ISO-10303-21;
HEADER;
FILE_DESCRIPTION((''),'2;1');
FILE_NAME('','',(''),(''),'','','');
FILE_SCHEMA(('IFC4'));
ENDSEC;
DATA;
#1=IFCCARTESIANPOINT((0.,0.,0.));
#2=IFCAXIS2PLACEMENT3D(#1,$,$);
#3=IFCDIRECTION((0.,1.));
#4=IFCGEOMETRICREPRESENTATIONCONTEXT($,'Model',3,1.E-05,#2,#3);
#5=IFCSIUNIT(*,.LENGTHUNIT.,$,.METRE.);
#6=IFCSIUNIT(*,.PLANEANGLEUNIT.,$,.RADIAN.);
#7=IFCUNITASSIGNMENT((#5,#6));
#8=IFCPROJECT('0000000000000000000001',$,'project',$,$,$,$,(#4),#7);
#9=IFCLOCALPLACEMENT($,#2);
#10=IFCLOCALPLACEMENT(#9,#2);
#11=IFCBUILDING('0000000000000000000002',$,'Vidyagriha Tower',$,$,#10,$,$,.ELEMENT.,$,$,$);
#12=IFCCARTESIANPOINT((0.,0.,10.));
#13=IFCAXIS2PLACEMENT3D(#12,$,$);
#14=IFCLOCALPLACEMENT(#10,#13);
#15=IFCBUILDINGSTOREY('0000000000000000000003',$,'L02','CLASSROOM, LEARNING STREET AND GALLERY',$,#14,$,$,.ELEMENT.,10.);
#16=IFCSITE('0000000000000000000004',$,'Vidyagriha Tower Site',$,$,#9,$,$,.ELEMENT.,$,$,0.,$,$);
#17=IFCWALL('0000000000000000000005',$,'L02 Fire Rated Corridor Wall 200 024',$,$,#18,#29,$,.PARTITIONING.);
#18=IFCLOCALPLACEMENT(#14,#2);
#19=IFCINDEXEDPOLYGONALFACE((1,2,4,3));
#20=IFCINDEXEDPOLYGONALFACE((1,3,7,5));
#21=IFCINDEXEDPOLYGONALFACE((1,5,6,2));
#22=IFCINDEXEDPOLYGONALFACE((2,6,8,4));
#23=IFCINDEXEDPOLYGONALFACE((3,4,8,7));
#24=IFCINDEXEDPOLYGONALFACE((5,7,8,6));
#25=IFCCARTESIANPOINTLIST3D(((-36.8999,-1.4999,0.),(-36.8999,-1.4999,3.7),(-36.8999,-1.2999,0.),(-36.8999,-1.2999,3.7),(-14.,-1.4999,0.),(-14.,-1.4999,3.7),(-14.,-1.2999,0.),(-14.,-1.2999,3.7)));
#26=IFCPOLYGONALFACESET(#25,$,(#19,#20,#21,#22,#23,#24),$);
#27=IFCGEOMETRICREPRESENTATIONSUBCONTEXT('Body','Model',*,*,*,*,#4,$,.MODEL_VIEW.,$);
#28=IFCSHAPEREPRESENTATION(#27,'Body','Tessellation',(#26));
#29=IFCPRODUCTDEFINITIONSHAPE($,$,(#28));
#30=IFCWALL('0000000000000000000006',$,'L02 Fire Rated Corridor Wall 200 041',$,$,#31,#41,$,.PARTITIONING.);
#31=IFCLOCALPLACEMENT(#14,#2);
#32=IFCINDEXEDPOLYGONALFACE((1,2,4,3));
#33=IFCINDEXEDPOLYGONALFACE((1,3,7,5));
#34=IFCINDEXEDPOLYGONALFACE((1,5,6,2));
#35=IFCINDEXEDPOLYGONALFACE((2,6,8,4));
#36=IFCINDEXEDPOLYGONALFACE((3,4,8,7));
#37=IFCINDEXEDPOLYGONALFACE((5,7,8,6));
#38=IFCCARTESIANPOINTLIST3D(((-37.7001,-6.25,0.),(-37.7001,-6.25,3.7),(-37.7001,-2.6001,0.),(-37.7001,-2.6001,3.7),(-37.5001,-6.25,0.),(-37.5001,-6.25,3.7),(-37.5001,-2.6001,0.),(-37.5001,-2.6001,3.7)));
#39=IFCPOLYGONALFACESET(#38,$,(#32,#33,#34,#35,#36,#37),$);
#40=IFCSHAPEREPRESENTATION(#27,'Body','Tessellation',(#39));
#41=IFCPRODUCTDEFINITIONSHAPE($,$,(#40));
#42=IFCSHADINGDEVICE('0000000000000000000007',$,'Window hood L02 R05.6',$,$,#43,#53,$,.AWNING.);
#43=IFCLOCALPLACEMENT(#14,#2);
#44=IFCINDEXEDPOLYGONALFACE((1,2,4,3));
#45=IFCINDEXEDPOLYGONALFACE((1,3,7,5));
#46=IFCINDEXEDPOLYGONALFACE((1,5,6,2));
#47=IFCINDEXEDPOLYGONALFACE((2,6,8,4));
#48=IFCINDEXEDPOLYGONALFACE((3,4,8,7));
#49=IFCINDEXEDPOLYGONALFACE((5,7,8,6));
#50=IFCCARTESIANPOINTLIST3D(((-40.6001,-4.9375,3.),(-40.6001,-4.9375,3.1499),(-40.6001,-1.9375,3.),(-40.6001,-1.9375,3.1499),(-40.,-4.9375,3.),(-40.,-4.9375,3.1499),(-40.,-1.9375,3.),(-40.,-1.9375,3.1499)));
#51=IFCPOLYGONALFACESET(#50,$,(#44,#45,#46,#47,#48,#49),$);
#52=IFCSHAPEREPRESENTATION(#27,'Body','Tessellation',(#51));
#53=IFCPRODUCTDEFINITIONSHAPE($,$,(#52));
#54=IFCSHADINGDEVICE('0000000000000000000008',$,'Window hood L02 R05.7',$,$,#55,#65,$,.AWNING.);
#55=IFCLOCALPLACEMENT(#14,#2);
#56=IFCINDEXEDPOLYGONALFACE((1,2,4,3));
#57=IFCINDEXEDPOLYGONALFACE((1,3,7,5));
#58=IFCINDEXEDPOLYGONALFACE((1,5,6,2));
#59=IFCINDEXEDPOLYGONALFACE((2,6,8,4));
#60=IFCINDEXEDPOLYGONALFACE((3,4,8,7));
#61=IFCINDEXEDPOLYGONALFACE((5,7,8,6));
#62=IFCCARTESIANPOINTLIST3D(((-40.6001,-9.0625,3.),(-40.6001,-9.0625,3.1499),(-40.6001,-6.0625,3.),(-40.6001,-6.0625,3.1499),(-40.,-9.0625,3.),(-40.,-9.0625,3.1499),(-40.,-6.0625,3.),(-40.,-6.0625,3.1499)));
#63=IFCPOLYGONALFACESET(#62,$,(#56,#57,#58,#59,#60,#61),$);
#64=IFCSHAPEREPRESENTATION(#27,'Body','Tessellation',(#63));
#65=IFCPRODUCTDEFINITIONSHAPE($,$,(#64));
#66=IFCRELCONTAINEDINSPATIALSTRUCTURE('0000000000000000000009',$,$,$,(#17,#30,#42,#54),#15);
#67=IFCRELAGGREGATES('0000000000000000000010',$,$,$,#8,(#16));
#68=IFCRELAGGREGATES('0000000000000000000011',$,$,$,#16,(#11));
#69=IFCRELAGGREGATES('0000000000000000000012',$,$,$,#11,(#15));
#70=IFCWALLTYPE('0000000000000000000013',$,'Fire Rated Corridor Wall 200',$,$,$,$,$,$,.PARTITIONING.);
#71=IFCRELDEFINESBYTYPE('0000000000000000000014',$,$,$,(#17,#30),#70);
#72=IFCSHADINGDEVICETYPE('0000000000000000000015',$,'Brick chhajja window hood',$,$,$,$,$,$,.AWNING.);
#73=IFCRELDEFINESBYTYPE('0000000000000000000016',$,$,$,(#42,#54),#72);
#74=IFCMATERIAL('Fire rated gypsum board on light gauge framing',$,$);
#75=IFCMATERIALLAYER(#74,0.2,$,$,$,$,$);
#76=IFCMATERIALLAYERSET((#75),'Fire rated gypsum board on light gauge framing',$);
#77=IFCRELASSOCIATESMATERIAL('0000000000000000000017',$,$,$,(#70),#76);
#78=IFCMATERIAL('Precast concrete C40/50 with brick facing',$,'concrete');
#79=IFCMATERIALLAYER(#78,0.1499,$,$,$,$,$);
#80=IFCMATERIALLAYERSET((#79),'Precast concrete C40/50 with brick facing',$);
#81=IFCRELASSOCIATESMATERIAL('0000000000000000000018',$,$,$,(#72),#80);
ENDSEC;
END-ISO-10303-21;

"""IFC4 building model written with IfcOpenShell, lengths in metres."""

from ifc_helpers import new_model, si_unit, direction, frame, frame_2d, origin, origin_2d, place, context, subcontext, project, spatial, rectangle, extrude, material, layer, layer_set, type_object, element, save


model = new_model("IFC4")

# Units and contexts
model_context = context("Model", 3, precision=1e-05, world=origin(), true_north=direction((0.0, 1.0)))
body_context = subcontext(model_context, "Body", "Model", "MODEL_VIEW")
ifc_project = project(units=[si_unit("LENGTHUNIT", "METRE"), si_unit("PLANEANGLEUNIT", "RADIAN")], contexts=[model_context])

# Site, building, storey
site_placement = place(None, origin())
site = spatial("IfcSite", under=ifc_project, at=site_placement, Name="Vidyagriha Tower Site", CompositionType="ELEMENT", RefElevation=0.0)
building_placement = place(site_placement, origin())
building = spatial("IfcBuilding", under=site, at=building_placement, Name="Vidyagriha Tower", CompositionType="ELEMENT")
storey_placement = place(building_placement, frame((0.0, 0.0, 10.0)))
storey = spatial("IfcBuildingStorey", under=building, at=storey_placement, Name="L02", Description="CLASSROOM, LEARNING STREET AND GALLERY", CompositionType="ELEMENT", Elevation=10.0)

# Shared definitions
ifc_material_1 = material(Name="Fire rated gypsum board on light gauge framing")
ifc_layer_1 = layer(ifc_material_1, 0.2)
ifc_layer_set_1 = layer_set([ifc_layer_1], Name="Fire rated gypsum board on light gauge framing")
wall_type = type_object("IfcWallType", Name="Fire Rated Corridor Wall 200", PredefinedType="PARTITIONING", material=ifc_layer_set_1)

# Walls
wall_1_placement = place(storey_placement, frame((-36.8999, -1.3999, 0.0)))
element("IfcWall", 1, at=wall_1_placement, inside=storey, type_object=wall_type, Name="L02 Fire Rated Corridor Wall 200 024", PredefinedType="PARTITIONING", context=body_context, shape_type="SweptSolid", body=[
    extrude(rectangle(XDim=22.8999, YDim=0.2, at=frame_2d((11.45, 0.0))), origin(), (0.0, 0.0, 1.0), 3.7),
])
wall_2_placement = place(storey_placement, frame((-37.6001, -6.25, 0.0), z_axis=(0.0, 0.0, 1.0), x_axis=(0.0, 1.0, 0.0)))
element("IfcWall", 2, at=wall_2_placement, inside=storey, type_object=wall_type, Name="L02 Fire Rated Corridor Wall 200 041", PredefinedType="PARTITIONING", context=body_context, shape_type="SweptSolid", body=[
    extrude(rectangle(XDim=3.6499, YDim=0.2, at=frame_2d((1.825, 0.0))), origin(), (0.0, 0.0, 1.0), 3.7),
])

# Shading devices
ifc_material_2 = material(Name="Precast concrete C40/50 with brick facing", Category="concrete")
ifc_layer_2 = layer(ifc_material_2, 0.1499)
ifc_layer_set_2 = layer_set([ifc_layer_2], Name="Precast concrete C40/50 with brick facing")
shading_device_type = type_object("IfcShadingDeviceType", Name="Brick chhajja window hood", PredefinedType="AWNING", material=ifc_layer_set_2)
for number, where, z_axis, x_axis, name in (
    (3, (-40.3, -3.4375, 3.0), (0.0, 0.0, 1.0), (0.0, -1.0, 0.0), "Window hood L02 R05.6"),
    (4, (-40.3, -7.5625, 3.0), (0.0, 0.0, 1.0), (0.0, -1.0, 0.0), "Window hood L02 R05.7"),
):
    element("IfcShadingDevice", number, at=place(storey_placement, frame(where, z_axis=z_axis, x_axis=x_axis)), inside=storey, type_object=shading_device_type, Name=name, PredefinedType="AWNING", context=body_context, shape_type="SweptSolid", body=[
        extrude(rectangle(XDim=3.0, YDim=0.6001, at=origin_2d()), origin(), (0.0, 0.0, 1.0), 0.1499),
    ])

save(model, "model.ifc")
